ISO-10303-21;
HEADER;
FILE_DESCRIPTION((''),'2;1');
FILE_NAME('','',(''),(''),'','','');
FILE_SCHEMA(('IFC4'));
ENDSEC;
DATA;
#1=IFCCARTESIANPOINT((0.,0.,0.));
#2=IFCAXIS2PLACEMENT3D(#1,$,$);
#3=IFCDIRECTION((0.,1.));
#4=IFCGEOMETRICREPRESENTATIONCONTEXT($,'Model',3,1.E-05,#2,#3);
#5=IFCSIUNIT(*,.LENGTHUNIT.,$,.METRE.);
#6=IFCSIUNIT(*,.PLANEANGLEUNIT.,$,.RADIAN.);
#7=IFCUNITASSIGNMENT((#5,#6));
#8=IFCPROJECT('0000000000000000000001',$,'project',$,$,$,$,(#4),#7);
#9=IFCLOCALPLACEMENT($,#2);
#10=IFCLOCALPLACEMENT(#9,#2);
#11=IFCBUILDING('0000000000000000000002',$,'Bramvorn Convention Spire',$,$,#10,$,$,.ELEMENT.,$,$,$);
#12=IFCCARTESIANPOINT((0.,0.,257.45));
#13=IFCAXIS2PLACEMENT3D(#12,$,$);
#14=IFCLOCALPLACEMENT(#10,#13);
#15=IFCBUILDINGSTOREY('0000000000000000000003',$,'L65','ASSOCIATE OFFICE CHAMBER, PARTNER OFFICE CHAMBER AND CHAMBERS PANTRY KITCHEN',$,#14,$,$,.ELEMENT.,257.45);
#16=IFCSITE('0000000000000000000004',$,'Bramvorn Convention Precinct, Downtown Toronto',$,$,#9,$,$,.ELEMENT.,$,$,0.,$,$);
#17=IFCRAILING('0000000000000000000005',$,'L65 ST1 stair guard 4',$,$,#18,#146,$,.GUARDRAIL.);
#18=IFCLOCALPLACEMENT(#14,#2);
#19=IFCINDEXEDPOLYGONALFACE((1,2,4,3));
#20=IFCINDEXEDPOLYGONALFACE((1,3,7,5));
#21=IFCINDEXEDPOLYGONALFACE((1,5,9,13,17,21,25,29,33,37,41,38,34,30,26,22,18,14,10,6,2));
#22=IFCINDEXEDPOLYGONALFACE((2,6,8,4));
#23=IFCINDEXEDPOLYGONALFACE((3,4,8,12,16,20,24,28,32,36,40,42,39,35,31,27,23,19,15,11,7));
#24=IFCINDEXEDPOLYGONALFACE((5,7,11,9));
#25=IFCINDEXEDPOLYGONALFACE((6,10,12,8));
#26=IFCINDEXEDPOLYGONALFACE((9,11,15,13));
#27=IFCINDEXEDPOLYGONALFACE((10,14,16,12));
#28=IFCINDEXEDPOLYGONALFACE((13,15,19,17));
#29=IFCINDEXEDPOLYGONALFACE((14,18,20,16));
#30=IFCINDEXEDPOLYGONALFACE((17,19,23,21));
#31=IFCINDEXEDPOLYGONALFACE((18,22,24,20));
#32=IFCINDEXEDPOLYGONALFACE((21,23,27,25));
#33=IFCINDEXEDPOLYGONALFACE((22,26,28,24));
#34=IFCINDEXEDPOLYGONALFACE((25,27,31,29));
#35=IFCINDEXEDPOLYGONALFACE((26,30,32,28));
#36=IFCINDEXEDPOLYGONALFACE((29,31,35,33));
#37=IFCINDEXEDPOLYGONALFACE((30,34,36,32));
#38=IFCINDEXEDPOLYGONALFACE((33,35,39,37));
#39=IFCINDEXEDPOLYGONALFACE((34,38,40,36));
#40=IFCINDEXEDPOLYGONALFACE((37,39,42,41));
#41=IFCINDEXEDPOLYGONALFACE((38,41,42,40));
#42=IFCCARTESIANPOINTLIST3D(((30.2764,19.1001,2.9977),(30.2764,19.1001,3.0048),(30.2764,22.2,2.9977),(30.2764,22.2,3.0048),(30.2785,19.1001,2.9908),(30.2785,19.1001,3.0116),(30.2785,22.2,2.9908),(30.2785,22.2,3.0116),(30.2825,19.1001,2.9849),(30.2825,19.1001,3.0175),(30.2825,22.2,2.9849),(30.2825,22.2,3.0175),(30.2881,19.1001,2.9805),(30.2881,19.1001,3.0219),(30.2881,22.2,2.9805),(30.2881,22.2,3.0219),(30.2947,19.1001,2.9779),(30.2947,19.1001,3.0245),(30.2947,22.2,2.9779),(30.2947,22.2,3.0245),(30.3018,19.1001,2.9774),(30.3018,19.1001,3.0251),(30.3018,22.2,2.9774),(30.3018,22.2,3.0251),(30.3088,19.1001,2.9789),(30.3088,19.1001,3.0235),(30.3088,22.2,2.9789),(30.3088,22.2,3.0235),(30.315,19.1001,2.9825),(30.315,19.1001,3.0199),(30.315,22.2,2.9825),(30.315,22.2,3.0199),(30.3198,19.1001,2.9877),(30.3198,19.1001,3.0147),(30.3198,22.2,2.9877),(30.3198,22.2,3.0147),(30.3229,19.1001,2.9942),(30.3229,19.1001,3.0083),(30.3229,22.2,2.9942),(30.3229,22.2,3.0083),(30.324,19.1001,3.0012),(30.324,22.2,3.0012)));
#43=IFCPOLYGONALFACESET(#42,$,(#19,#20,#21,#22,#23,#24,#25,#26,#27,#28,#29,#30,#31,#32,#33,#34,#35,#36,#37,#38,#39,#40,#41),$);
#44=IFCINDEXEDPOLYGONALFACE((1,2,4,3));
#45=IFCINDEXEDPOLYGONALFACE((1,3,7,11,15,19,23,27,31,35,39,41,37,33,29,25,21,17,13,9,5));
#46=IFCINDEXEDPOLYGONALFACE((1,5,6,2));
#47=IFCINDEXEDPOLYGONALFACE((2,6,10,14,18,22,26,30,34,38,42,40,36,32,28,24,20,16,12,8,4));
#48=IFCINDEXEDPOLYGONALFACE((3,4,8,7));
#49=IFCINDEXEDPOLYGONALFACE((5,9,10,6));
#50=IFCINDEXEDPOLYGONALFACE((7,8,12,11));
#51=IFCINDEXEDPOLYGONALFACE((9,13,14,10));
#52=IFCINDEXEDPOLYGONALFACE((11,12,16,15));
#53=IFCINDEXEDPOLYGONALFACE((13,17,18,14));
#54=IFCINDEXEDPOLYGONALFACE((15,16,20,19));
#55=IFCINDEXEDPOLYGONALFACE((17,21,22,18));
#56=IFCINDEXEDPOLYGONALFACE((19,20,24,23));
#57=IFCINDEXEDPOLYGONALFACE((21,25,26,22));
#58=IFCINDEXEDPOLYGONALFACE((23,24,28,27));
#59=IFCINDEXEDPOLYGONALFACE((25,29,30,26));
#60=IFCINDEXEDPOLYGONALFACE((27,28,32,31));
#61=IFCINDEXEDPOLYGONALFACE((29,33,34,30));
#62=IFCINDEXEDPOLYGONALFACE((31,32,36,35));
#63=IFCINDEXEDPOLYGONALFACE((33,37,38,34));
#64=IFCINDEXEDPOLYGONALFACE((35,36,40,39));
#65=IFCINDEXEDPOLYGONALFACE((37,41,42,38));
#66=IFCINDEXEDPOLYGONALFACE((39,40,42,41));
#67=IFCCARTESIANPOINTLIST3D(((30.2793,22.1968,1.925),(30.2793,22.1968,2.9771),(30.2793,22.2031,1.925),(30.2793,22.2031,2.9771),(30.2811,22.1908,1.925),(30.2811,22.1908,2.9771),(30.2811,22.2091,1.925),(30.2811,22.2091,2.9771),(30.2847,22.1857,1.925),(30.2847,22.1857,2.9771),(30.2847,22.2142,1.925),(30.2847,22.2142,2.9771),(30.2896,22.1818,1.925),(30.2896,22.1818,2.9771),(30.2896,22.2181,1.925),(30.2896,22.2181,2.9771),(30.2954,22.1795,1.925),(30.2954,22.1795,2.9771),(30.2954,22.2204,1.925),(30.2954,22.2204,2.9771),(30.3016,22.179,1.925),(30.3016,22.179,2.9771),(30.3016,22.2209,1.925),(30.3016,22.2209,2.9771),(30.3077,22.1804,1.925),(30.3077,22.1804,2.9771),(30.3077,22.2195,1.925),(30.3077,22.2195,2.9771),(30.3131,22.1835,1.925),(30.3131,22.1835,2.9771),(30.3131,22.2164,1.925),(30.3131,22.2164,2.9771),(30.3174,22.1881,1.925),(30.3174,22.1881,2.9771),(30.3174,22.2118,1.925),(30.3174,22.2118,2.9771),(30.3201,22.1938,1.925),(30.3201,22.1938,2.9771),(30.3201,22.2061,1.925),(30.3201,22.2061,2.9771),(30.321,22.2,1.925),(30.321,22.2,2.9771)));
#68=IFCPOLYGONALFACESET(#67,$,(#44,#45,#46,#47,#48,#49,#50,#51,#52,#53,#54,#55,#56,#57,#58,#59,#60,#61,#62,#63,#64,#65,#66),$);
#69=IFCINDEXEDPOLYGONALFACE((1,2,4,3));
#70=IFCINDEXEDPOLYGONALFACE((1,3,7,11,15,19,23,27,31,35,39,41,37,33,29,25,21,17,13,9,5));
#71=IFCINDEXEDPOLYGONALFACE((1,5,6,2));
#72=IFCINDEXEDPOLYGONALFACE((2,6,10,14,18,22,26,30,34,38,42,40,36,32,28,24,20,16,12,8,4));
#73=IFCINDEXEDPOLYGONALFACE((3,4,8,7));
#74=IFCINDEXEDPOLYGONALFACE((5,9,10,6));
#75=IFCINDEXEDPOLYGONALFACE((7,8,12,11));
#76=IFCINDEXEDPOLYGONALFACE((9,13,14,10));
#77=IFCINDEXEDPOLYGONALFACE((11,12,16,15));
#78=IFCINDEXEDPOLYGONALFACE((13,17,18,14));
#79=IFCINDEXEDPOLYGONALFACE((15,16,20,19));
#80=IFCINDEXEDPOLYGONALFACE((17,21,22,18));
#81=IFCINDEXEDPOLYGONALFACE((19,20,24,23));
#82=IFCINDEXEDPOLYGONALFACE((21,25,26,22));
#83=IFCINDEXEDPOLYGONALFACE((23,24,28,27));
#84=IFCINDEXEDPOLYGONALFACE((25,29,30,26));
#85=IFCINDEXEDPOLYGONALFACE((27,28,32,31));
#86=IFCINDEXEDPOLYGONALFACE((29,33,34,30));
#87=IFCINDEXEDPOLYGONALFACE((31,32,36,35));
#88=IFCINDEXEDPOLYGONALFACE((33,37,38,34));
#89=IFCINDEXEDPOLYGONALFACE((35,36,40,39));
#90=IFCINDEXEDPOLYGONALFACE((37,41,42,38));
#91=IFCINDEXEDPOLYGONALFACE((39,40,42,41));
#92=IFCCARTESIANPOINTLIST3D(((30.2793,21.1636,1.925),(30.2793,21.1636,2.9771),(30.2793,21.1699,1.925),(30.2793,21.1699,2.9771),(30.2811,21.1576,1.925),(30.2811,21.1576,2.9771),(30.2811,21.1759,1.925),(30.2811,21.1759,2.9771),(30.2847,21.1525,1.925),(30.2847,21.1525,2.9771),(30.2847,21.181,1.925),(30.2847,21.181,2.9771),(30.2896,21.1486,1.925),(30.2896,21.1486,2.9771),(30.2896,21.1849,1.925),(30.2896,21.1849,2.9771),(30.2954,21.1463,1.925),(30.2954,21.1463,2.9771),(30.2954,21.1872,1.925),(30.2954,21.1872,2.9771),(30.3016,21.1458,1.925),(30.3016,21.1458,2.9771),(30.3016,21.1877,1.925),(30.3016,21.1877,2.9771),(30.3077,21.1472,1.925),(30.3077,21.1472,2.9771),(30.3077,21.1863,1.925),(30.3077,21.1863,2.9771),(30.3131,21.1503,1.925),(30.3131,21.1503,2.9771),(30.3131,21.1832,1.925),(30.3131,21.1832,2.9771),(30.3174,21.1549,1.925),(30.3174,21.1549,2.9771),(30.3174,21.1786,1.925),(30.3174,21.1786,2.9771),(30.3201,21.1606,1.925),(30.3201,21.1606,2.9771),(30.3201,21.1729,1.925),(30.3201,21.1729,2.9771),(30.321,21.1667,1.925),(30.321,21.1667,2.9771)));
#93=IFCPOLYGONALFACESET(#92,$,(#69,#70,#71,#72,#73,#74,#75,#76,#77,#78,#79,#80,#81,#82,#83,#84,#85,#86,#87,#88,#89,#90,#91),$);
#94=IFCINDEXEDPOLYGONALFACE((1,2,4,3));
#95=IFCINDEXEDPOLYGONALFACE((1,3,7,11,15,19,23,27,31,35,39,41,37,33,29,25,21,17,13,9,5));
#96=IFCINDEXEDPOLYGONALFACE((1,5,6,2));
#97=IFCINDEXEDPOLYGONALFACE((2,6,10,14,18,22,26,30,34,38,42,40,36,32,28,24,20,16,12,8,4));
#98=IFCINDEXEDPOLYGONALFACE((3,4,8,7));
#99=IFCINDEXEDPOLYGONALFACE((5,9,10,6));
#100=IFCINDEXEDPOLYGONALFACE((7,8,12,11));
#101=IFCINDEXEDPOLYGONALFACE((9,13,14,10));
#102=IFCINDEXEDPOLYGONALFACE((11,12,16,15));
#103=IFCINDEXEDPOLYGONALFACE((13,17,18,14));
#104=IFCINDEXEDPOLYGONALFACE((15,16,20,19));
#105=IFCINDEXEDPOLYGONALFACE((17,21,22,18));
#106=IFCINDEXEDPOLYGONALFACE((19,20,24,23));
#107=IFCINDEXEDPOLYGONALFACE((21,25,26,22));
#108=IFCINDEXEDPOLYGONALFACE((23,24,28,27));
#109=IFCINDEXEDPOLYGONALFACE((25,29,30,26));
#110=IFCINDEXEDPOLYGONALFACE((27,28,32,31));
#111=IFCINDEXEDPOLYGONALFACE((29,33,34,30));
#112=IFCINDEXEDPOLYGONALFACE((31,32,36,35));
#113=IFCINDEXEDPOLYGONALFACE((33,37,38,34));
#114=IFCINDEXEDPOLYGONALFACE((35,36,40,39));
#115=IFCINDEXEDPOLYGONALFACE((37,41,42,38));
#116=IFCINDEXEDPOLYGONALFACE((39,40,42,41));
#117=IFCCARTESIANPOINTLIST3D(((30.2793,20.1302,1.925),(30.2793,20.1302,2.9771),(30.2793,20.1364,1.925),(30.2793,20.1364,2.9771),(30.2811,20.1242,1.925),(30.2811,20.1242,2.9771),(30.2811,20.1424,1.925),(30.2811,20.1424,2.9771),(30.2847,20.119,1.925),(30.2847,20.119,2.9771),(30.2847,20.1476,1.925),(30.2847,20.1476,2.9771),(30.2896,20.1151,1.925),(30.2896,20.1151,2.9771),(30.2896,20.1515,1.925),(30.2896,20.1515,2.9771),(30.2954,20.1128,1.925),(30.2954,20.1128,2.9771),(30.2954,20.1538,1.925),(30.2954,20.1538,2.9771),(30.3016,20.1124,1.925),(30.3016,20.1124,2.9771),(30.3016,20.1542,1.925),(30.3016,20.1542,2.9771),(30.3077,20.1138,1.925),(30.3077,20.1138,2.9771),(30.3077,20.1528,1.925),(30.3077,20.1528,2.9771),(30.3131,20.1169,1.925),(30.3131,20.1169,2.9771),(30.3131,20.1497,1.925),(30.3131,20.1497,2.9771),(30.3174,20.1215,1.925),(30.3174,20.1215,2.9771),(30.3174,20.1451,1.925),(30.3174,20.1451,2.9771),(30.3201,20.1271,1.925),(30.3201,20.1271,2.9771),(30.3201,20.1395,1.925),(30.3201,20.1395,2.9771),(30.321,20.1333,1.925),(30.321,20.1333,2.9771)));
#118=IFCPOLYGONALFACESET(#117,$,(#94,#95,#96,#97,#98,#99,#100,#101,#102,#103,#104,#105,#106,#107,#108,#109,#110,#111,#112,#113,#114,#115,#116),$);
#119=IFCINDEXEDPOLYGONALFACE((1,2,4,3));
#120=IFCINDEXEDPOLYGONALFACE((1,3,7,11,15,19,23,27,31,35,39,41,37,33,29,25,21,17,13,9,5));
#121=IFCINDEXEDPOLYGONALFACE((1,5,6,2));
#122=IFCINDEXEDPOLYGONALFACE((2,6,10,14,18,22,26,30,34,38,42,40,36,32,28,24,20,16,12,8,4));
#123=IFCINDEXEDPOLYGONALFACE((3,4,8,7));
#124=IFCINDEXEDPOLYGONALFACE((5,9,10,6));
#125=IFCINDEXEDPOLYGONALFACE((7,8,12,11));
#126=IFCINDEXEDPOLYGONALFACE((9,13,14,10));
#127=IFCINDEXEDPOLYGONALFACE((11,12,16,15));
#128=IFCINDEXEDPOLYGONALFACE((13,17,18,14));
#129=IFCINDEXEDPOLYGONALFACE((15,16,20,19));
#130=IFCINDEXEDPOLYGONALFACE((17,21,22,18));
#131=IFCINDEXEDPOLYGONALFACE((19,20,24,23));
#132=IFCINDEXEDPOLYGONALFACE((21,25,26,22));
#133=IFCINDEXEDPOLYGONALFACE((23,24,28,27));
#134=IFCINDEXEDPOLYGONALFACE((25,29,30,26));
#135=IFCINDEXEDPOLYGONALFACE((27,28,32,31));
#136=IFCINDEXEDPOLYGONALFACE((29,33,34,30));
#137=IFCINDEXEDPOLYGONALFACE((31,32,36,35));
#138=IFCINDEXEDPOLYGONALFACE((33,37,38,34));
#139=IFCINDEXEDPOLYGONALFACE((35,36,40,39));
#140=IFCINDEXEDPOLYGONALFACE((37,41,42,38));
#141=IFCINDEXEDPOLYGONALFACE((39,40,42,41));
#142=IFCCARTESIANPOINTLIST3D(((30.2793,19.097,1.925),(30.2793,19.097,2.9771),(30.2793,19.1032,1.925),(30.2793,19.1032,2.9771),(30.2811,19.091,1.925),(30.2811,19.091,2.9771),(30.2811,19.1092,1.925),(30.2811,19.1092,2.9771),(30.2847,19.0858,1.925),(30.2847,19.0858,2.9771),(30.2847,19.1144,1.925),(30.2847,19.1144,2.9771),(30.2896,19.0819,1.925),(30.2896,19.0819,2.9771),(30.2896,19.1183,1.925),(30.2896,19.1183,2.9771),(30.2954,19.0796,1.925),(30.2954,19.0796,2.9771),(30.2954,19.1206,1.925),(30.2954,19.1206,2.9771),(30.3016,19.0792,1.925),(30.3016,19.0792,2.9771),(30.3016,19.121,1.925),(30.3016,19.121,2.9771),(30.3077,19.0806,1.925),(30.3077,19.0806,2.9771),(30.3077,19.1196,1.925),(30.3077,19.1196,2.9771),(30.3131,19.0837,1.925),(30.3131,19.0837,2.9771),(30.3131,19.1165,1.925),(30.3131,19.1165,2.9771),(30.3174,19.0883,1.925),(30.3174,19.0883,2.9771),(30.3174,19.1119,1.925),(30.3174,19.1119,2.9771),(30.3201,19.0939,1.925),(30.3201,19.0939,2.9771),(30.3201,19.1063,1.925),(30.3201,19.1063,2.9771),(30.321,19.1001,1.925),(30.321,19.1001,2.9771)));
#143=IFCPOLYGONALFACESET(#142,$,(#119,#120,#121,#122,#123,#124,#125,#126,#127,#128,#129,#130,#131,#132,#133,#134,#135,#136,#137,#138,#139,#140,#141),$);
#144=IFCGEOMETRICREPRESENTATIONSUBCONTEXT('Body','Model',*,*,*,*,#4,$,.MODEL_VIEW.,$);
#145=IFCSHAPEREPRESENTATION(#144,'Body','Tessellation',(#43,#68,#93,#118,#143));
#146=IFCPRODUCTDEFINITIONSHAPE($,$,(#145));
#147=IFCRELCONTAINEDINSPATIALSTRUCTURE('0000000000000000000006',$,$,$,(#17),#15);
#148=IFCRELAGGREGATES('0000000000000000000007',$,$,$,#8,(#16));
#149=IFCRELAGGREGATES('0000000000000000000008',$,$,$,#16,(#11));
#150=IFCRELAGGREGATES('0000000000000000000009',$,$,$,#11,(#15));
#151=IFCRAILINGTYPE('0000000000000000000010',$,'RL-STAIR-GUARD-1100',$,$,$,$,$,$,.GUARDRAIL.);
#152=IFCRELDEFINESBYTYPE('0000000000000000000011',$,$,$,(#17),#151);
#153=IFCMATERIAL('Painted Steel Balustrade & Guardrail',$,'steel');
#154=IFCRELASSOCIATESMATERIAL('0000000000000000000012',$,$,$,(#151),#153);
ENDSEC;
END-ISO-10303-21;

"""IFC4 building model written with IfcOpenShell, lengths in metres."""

from ifc_helpers import new_model, si_unit, direction, frame, origin, origin_2d, place, context, subcontext, project, spatial, circle, extrude, material, type_object, element, save


model = new_model("IFC4")

# Units and contexts
model_context = context("Model", 3, precision=1e-05, world=origin(), true_north=direction((0.0, 1.0)))
body_context = subcontext(model_context, "Body", "Model", "MODEL_VIEW")
ifc_project = project(units=[si_unit("LENGTHUNIT", "METRE"), si_unit("PLANEANGLEUNIT", "RADIAN")], contexts=[model_context])

# Site, building, storey
site_placement = place(None, origin())
site = spatial("IfcSite", under=ifc_project, at=site_placement, Name="Bramvorn Convention Precinct, Downtown Toronto", CompositionType="ELEMENT", RefElevation=0.0)
building_placement = place(site_placement, origin())
building = spatial("IfcBuilding", under=site, at=building_placement, Name="Bramvorn Convention Spire", CompositionType="ELEMENT")
storey_placement = place(building_placement, frame((0.0, 0.0, 257.45)))
storey = spatial("IfcBuildingStorey", under=building, at=storey_placement, Name="L65", Description="ASSOCIATE OFFICE CHAMBER, PARTNER OFFICE CHAMBER AND CHAMBERS PANTRY KITCHEN", CompositionType="ELEMENT", Elevation=257.45)

# Railing
ifc_material_1 = material(Name="Painted Steel Balustrade & Guardrail", Category="steel")
railing_type_1 = type_object("IfcRailingType", Name="RL-STAIR-GUARD-1100", PredefinedType="GUARDRAIL", material=ifc_material_1)
for number, where, name in (
    (1, (30.3, 22.2, 1.925), "L65 ST1 stair guard 4"),
):
    element("IfcRailing", number, at=place(storey_placement, frame(where)), inside=storey, type_object=railing_type_1, Name=name, PredefinedType="GUARDRAIL", context=body_context, shape_type="SweptSolid", body=[
        extrude(circle(Radius=0.0239, at=origin_2d()), frame((0.0, 0.0, 1.0762), z_axis=(0.0, -1.0, 0.0), x_axis=(1.0, 0.0, 0.0)), (0.0, 0.0, 1.0), 3.0999),
        extrude(circle(Radius=0.021, at=origin_2d()), origin(), (0.0, 0.0, 1.0), 1.052),
        extrude(circle(Radius=0.021, at=origin_2d()), frame((0.0, -1.0332, 0.0)), (0.0, 0.0, 1.0), 1.052),
        extrude(circle(Radius=0.021, at=origin_2d()), frame((0.0, -2.0667, 0.0)), (0.0, 0.0, 1.0), 1.052),
        extrude(circle(Radius=0.021, at=origin_2d()), frame((0.0, -3.0999, 0.0)), (0.0, 0.0, 1.0), 1.052),
    ])

save(model, "model.ifc")
